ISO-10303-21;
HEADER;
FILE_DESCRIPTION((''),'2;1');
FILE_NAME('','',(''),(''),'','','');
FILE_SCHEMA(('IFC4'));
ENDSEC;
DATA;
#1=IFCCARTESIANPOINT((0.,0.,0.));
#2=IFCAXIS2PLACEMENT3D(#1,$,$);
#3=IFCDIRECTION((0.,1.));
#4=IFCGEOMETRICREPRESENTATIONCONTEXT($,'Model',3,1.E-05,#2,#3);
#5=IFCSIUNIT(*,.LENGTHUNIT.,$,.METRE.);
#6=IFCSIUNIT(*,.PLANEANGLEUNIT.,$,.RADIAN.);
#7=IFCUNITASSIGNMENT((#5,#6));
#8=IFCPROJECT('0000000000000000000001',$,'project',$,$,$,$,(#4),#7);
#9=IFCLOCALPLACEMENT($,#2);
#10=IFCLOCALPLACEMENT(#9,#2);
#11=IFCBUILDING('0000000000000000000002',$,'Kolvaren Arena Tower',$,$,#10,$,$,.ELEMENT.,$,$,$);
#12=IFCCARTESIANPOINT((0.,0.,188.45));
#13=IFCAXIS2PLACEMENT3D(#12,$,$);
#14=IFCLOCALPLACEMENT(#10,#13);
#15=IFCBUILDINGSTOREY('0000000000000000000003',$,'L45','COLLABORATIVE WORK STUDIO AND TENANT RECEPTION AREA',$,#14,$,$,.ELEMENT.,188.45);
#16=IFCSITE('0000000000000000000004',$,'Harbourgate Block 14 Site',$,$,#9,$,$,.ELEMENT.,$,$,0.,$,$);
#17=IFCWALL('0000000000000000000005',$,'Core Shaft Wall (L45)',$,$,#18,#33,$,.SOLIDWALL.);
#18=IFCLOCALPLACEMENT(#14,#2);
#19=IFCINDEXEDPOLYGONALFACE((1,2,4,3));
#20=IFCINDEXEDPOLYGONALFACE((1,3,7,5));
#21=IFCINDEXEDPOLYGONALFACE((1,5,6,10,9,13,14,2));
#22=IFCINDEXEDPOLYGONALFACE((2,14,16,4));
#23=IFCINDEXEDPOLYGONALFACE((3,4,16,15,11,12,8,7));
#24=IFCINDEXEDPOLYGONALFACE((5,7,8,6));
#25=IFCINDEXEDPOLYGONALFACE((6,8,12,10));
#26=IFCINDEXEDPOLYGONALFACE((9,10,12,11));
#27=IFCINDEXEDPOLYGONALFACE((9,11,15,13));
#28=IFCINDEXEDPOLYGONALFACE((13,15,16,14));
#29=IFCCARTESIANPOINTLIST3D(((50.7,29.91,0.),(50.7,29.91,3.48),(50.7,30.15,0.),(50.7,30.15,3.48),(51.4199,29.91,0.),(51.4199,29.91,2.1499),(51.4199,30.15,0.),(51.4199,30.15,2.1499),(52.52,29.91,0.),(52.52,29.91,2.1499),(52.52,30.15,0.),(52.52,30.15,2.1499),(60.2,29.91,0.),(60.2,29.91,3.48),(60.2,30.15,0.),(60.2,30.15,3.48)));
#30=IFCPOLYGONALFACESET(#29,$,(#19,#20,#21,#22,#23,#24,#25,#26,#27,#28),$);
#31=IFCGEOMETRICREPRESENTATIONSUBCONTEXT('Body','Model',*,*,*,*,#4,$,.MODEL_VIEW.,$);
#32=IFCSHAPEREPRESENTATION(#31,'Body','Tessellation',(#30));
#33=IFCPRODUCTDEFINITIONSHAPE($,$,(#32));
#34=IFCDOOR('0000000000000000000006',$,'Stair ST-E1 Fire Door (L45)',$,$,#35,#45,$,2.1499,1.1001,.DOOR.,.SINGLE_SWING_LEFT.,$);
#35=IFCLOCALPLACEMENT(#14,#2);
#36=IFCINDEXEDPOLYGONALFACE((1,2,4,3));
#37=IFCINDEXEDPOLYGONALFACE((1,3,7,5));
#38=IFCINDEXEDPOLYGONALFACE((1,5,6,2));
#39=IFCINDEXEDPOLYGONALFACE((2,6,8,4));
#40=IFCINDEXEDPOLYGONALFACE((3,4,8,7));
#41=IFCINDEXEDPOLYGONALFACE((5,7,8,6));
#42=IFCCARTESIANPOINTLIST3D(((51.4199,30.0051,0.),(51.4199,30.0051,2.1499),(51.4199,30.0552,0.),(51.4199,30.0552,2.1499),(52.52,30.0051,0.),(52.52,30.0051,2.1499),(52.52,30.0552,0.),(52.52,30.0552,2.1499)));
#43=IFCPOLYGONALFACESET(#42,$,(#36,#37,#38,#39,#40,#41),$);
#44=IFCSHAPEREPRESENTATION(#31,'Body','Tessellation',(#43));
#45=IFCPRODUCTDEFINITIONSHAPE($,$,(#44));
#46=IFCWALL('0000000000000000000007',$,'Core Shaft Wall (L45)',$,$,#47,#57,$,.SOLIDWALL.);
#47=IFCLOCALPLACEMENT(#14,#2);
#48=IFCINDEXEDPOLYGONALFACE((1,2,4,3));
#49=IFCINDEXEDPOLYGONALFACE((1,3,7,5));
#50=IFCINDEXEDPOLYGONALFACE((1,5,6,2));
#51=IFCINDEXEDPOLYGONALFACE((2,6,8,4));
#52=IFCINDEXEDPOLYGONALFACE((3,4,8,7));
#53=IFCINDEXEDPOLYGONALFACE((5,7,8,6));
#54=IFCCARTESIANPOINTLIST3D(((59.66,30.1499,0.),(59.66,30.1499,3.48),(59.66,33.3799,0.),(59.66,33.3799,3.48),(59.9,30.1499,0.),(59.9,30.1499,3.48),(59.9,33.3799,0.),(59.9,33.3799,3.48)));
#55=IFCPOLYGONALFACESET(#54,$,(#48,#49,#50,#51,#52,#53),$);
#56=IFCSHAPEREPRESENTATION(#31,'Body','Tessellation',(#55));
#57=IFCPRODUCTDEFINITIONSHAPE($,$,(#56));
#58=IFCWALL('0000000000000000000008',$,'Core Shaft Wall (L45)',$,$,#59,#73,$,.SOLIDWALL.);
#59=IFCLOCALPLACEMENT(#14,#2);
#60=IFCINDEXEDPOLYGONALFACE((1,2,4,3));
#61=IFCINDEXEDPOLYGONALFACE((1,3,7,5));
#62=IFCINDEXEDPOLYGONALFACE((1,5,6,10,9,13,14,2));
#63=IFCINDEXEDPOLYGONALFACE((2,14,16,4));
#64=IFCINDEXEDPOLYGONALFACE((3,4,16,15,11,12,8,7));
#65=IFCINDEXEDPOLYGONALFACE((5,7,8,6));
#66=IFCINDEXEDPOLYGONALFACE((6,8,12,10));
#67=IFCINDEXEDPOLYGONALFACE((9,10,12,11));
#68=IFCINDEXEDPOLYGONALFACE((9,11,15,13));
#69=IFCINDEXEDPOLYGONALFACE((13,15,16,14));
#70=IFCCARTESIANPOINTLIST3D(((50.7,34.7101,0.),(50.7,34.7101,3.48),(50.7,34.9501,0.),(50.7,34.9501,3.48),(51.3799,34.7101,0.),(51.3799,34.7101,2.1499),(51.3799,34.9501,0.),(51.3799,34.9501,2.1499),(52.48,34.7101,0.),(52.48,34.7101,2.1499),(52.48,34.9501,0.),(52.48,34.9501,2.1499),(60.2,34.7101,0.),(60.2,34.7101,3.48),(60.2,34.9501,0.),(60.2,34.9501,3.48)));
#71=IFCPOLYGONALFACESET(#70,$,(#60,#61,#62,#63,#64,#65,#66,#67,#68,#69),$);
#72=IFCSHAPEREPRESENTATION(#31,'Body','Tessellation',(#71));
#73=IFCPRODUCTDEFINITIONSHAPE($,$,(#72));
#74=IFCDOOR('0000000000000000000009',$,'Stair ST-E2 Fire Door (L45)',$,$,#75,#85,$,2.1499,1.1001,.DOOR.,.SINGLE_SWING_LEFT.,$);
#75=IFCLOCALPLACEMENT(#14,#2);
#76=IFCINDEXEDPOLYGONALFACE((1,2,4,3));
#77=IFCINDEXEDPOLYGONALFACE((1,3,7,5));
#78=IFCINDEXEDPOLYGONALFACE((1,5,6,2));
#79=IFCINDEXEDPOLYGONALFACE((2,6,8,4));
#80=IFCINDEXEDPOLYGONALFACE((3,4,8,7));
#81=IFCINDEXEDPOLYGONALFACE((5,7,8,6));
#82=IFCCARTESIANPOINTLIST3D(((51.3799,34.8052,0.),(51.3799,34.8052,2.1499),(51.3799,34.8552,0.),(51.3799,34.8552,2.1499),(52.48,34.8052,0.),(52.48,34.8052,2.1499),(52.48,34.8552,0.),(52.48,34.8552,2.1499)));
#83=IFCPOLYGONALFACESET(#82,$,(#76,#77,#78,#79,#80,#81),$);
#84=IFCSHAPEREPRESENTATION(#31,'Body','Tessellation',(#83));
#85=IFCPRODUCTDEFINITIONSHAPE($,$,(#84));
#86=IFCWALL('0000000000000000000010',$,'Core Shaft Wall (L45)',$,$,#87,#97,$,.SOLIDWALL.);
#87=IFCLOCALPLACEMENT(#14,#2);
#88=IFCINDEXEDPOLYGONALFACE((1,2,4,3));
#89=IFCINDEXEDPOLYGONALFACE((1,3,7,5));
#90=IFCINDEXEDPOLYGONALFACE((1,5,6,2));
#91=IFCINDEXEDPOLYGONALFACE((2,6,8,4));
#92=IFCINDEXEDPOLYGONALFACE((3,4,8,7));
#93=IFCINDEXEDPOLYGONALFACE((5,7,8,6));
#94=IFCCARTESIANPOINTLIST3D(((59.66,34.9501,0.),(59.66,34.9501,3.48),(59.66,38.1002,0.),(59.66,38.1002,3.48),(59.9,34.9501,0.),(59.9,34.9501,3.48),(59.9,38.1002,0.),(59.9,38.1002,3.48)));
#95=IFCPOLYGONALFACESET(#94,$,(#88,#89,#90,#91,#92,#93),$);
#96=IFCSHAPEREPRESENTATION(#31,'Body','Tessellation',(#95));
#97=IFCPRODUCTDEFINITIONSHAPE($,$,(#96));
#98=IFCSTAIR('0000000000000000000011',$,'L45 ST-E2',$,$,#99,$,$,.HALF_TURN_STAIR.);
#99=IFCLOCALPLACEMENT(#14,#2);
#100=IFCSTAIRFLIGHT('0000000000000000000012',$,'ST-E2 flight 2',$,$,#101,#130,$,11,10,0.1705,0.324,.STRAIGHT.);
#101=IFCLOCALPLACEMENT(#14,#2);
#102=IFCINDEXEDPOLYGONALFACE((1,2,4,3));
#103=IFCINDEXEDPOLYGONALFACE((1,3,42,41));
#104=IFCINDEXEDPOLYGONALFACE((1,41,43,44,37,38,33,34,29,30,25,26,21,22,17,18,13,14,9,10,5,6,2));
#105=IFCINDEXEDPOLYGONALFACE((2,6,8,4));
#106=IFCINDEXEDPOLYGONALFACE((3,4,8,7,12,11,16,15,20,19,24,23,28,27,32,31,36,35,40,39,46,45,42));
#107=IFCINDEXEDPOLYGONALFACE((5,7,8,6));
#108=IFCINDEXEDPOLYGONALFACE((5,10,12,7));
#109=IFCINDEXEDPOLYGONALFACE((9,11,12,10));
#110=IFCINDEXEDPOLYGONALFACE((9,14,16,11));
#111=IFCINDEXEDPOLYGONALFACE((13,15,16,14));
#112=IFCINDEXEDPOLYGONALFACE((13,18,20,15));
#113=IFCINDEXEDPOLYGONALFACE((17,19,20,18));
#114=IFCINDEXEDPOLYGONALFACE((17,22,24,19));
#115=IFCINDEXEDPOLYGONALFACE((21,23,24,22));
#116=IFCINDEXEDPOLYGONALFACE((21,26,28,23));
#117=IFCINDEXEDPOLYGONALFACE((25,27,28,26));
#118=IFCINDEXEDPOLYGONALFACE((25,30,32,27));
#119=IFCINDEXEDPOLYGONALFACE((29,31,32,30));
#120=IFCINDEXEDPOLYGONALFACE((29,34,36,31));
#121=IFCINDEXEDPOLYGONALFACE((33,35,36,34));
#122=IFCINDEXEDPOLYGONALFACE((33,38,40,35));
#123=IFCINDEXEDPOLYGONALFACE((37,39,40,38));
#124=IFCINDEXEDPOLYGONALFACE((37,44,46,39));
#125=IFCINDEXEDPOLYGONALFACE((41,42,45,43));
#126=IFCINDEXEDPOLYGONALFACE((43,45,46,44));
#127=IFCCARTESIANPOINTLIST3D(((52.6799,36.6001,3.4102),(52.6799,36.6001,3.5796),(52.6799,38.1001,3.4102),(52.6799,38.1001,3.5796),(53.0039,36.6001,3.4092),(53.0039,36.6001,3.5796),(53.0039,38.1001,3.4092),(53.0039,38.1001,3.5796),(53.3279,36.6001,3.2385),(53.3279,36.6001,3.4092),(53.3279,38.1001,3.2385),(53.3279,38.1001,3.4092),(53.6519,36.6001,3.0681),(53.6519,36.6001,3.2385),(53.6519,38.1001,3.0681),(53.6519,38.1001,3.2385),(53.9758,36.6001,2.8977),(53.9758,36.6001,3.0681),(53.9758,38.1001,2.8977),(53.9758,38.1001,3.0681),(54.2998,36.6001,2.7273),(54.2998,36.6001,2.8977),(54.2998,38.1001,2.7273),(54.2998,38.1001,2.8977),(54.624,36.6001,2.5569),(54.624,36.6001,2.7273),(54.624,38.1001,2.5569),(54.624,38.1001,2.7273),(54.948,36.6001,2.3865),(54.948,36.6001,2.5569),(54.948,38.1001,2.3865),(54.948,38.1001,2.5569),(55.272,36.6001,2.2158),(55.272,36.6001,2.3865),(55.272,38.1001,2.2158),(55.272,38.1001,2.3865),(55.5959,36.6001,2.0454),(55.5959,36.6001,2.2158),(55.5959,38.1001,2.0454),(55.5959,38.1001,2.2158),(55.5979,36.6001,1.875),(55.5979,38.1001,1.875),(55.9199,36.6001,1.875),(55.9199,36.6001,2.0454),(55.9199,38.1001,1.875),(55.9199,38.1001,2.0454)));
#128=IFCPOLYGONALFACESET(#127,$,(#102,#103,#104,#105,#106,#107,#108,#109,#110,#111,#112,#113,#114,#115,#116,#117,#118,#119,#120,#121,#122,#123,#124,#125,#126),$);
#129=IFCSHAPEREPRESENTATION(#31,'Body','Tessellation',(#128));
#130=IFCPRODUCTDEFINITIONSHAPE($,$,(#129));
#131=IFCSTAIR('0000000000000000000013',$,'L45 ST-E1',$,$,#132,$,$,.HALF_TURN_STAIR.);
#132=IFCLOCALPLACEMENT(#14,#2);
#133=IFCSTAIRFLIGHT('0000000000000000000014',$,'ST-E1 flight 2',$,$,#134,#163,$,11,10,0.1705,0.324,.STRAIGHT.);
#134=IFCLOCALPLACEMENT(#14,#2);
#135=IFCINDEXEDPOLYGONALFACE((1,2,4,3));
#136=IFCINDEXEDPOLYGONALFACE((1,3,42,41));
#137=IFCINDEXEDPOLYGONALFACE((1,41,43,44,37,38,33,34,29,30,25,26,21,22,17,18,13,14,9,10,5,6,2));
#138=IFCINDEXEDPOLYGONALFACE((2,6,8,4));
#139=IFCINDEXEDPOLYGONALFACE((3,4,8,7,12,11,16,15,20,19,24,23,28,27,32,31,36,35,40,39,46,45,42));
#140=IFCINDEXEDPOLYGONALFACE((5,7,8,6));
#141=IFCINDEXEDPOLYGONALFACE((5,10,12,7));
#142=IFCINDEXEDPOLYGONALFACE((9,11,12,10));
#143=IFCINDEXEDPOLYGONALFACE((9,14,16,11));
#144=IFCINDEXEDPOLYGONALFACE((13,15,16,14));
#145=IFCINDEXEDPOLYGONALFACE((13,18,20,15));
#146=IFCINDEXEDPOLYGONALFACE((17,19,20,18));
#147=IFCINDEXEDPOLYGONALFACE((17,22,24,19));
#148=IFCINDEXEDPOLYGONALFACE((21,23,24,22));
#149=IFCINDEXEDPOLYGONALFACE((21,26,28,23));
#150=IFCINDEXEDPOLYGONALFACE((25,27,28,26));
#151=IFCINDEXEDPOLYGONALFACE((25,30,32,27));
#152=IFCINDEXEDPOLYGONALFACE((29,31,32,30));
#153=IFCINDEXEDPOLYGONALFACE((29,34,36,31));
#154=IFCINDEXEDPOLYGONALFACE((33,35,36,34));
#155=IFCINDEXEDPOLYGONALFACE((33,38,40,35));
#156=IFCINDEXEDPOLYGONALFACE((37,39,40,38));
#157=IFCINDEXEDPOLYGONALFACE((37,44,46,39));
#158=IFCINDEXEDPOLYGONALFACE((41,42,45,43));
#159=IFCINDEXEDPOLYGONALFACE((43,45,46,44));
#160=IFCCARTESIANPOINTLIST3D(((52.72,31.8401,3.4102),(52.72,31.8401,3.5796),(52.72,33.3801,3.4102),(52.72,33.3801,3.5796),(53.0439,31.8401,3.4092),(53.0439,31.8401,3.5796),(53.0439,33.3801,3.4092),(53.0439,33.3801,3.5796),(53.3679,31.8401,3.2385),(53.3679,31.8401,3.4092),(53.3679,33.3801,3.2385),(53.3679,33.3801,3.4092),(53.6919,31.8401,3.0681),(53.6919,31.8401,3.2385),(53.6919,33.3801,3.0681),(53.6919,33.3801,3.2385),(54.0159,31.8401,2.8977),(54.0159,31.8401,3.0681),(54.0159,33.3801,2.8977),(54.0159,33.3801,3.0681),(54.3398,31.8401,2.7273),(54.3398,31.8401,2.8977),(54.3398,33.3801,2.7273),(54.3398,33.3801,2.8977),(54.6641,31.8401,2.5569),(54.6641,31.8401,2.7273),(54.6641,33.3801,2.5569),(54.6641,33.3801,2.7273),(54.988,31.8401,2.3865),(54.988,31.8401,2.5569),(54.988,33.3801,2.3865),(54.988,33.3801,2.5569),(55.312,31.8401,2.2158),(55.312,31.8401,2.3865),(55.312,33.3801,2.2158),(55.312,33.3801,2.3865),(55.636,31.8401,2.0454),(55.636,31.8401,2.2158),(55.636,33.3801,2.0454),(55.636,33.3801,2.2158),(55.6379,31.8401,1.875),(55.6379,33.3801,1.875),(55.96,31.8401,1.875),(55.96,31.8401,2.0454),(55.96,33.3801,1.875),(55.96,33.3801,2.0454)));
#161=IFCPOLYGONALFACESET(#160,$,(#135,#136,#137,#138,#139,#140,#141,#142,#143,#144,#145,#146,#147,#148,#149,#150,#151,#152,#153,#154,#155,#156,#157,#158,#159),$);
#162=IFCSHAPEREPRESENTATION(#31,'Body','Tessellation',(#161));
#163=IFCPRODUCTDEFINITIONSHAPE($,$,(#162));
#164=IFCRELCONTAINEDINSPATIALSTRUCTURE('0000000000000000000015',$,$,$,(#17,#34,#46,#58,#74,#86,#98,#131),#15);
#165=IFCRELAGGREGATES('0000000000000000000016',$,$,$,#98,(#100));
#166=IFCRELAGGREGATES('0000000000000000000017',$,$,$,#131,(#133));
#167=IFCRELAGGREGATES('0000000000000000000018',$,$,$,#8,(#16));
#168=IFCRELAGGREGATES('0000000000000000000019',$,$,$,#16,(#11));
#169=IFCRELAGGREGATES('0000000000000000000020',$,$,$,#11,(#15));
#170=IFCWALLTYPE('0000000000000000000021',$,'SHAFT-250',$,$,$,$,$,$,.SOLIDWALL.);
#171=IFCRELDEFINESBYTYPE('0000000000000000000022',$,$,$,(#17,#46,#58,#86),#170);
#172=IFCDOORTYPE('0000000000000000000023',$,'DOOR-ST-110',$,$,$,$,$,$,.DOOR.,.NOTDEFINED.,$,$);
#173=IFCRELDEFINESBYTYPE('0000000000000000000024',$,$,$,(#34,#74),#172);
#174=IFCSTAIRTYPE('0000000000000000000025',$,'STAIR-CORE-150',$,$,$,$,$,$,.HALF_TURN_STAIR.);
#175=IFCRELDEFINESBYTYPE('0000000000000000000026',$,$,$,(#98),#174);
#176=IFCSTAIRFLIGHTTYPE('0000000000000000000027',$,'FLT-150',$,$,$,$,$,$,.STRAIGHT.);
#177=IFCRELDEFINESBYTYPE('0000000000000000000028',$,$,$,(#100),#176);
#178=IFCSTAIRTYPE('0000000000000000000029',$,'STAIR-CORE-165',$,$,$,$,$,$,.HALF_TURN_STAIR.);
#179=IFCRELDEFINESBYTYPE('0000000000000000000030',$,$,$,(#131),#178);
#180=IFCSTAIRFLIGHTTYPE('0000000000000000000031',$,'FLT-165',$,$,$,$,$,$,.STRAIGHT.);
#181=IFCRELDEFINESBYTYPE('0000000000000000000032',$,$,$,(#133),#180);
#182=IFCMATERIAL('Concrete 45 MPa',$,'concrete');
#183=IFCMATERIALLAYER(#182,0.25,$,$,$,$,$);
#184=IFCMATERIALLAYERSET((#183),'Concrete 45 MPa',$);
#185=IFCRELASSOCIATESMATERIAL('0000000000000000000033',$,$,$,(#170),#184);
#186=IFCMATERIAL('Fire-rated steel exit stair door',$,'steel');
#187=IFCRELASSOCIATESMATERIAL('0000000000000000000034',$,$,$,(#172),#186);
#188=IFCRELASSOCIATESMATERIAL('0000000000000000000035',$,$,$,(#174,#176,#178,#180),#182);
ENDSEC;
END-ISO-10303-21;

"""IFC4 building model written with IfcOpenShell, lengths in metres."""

from ifc_helpers import new_model, si_unit, direction, frame, frame_2d, origin, place, context, subcontext, project, spatial, polyline, rectangle, outline, extrude, material, layer, layer_set, type_object, element, fill, aggregate, save


model = new_model("IFC4")

# Units and contexts
model_context = context("Model", 3, precision=1e-05, world=origin(), true_north=direction((0.0, 1.0)))
body_context = subcontext(model_context, "Body", "Model", "MODEL_VIEW")
ifc_project = project(units=[si_unit("LENGTHUNIT", "METRE"), si_unit("PLANEANGLEUNIT", "RADIAN")], contexts=[model_context])

# Site, building, storey
site_placement = place(None, origin())
site = spatial("IfcSite", under=ifc_project, at=site_placement, Name="Harbourgate Block 14 Site", CompositionType="ELEMENT", RefElevation=0.0)
building_placement = place(site_placement, origin())
building = spatial("IfcBuilding", under=site, at=building_placement, Name="Kolvaren Arena Tower", CompositionType="ELEMENT")
storey_placement = place(building_placement, frame((0.0, 0.0, 188.45)))
storey = spatial("IfcBuildingStorey", under=building, at=storey_placement, Name="L45", Description="COLLABORATIVE WORK STUDIO AND TENANT RECEPTION AREA", CompositionType="ELEMENT", Elevation=188.45)

# Wall, opening, door
ifc_material_1 = material(Name="Concrete 45 MPa", Category="concrete")
ifc_layer = layer(ifc_material_1, 0.25)
ifc_layer_set = layer_set([ifc_layer], Name="Concrete 45 MPa")
wall_type = type_object("IfcWallType", Name="SHAFT-250", PredefinedType="SOLIDWALL", material=ifc_layer_set)
wall_1_placement = place(storey_placement, frame((60.2, 30.03, 0.0), z_axis=(0.0, 0.0, 1.0), x_axis=(-1.0, 0.0, 0.0)))
wall_1 = element("IfcWall", 1, at=wall_1_placement, inside=storey, type_object=wall_type, Name="Core Shaft Wall (L45)", PredefinedType="SOLIDWALL", context=body_context, shape_type="SweptSolid", body=[
    extrude(rectangle(XDim=9.5, YDim=0.24, at=frame_2d((4.75, 0.0))), origin(), (0.0, 0.0, 1.0), 3.48),
])
opening_1_placement = place(wall_1_placement, frame((7.6799, 0.0, 0.0)))
opening_1 = element("IfcOpeningElement", 2, at=opening_1_placement, cuts=wall_1, PredefinedType="OPENING", context=body_context, shape_type="SweptSolid", body=[
    extrude(rectangle(XDim=1.1001, YDim=2.1499, at=frame_2d((0.55, 1.075))), frame((0.0, 0.1299, 0.0), z_axis=(0.0, -1.0, 0.0), x_axis=(1.0, 0.0, 0.0)), (0.0, 0.0, 1.0), 0.26),
])
ifc_material_2 = material(Name="Fire-rated steel exit stair door", Category="steel")
door_type = type_object("IfcDoorType", Name="DOOR-ST-110", OperationType="NOTDEFINED", PredefinedType="DOOR", material=ifc_material_2)
door_1_placement = place(opening_1_placement, origin())
door_1 = element("IfcDoor", 3, at=door_1_placement, inside=storey, type_object=door_type, Name="Stair ST-E1 Fire Door (L45)", OperationType="SINGLE_SWING_LEFT", OverallHeight=2.1499, OverallWidth=1.1001, PredefinedType="DOOR", context=body_context, shape_type="SweptSolid", body=[
    extrude(rectangle(XDim=1.1001, YDim=2.1499, at=frame_2d((0.55, 1.075))), frame((0.0, 0.0249, 0.0), z_axis=(0.0, -1.0, 0.0), x_axis=(1.0, 0.0, 0.0)), (0.0, 0.0, 1.0), 0.05),
])
fill(opening_1, door_1)

# Wall
wall_2_placement = place(storey_placement, frame((59.78, 30.1499, 0.0), z_axis=(0.0, 0.0, 1.0), x_axis=(0.0, 1.0, 0.0)))
element("IfcWall", 4, at=wall_2_placement, inside=storey, type_object=wall_type, Name="Core Shaft Wall (L45)", PredefinedType="SOLIDWALL", context=body_context, shape_type="SweptSolid", body=[
    extrude(rectangle(XDim=3.23, YDim=0.24, at=frame_2d((1.615, 0.0))), origin(), (0.0, 0.0, 1.0), 3.48),
])

# Wall, opening, door
wall_3_placement = place(storey_placement, frame((60.2, 34.8301, 0.0), z_axis=(0.0, 0.0, 1.0), x_axis=(-1.0, 0.0, 0.0)))
wall_3 = element("IfcWall", 5, at=wall_3_placement, inside=storey, type_object=wall_type, Name="Core Shaft Wall (L45)", PredefinedType="SOLIDWALL", context=body_context, shape_type="SweptSolid", body=[
    extrude(rectangle(XDim=9.5, YDim=0.24, at=frame_2d((4.75, 0.0))), origin(), (0.0, 0.0, 1.0), 3.48),
])
opening_2_placement = place(wall_3_placement, frame((7.72, 0.0, 0.0)))
opening_2 = element("IfcOpeningElement", 6, at=opening_2_placement, cuts=wall_3, PredefinedType="OPENING", context=body_context, shape_type="SweptSolid", body=[
    extrude(rectangle(XDim=1.1001, YDim=2.1499, at=frame_2d((0.55, 1.075))), frame((0.0, 0.1299, 0.0), z_axis=(0.0, -1.0, 0.0), x_axis=(1.0, 0.0, 0.0)), (0.0, 0.0, 1.0), 0.26),
])
door_2_placement = place(opening_2_placement, origin())
door_2 = element("IfcDoor", 7, at=door_2_placement, inside=storey, type_object=door_type, Name="Stair ST-E2 Fire Door (L45)", OperationType="SINGLE_SWING_LEFT", OverallHeight=2.1499, OverallWidth=1.1001, PredefinedType="DOOR", context=body_context, shape_type="SweptSolid", body=[
    extrude(rectangle(XDim=1.1001, YDim=2.1499, at=frame_2d((0.55, 1.075))), frame((0.0, 0.0249, 0.0), z_axis=(0.0, -1.0, 0.0), x_axis=(1.0, 0.0, 0.0)), (0.0, 0.0, 1.0), 0.05),
])
fill(opening_2, door_2)

# Wall
wall_4_placement = place(storey_placement, frame((59.78, 34.95, 0.0), z_axis=(0.0, 0.0, 1.0), x_axis=(0.0, 1.0, 0.0)))
element("IfcWall", 8, at=wall_4_placement, inside=storey, type_object=wall_type, Name="Core Shaft Wall (L45)", PredefinedType="SOLIDWALL", context=body_context, shape_type="SweptSolid", body=[
    extrude(rectangle(XDim=3.1501, YDim=0.24, at=frame_2d((1.5752, 0.0))), origin(), (0.0, 0.0, 1.0), 3.48),
])

# Stairs, stair flights
stair_type_1 = type_object("IfcStairType", Name="STAIR-CORE-150", PredefinedType="HALF_TURN_STAIR", material=ifc_material_1)
stair_1_placement = place(storey_placement, origin())
stair_1 = element("IfcStair", 9, at=stair_1_placement, inside=storey, type_object=stair_type_1, Name="L45 ST-E2", PredefinedType="HALF_TURN_STAIR")
stair_flight_type_1 = type_object("IfcStairFlightType", Name="FLT-150", PredefinedType="STRAIGHT", material=ifc_material_1)
stair_flight_1_placement = place(storey_placement, frame((55.9199, 37.3501, 1.875), z_axis=(0.0, 0.0, 1.0), x_axis=(-1.0, 0.0, 0.0)))
stair_flight_1 = element("IfcStairFlight", 10, at=stair_flight_1_placement, type_object=stair_flight_type_1, Name="ST-E2 flight 2", NumberOfRisers=11, NumberOfTreads=10, PredefinedType="STRAIGHT", RiserHeight=0.1705, TreadLength=0.324, context=body_context, shape_type="SweptSolid", body=[
    extrude(outline(polyline([(0.0, 0.0), (0.0, 0.1704), (0.324, 0.1704), (0.324, 0.3408), (0.6479, 0.3408), (0.6479, 0.5115), (0.9719, 0.5115), (0.9719, 0.6819), (1.2959, 0.6819), (1.2959, 0.8523), (1.6201, 0.8523), (1.6201, 1.0227), (1.9441, 1.0227), (1.9441, 1.1931), (2.2681, 1.1931), (2.2681, 1.3635), (2.592, 1.3635), (2.592, 1.5342), (2.916, 1.5342), (2.916, 1.7046), (3.24, 1.7046), (3.24, 1.875), (3.24, 1.5352), (0.322, 0.0), (0.0, 0.0)])), frame((0.0, 0.75, 0.0), z_axis=(0.0, -1.0, 0.0), x_axis=(1.0, 0.0, 0.0)), (0.0, 0.0, 1.0), 1.5),
])
aggregate(stair_1, [stair_flight_1])
stair_type_2 = type_object("IfcStairType", Name="STAIR-CORE-165", PredefinedType="HALF_TURN_STAIR", material=ifc_material_1)
stair_2_placement = place(storey_placement, origin())
stair_2 = element("IfcStair", 11, at=stair_2_placement, inside=storey, type_object=stair_type_2, Name="L45 ST-E1", PredefinedType="HALF_TURN_STAIR")
stair_flight_type_2 = type_object("IfcStairFlightType", Name="FLT-165", PredefinedType="STRAIGHT", material=ifc_material_1)
stair_flight_2_placement = place(storey_placement, frame((55.96, 32.6101, 1.875), z_axis=(0.0, 0.0, 1.0), x_axis=(-1.0, 0.0, 0.0)))
stair_flight_2 = element("IfcStairFlight", 12, at=stair_flight_2_placement, type_object=stair_flight_type_2, Name="ST-E1 flight 2", NumberOfRisers=11, NumberOfTreads=10, PredefinedType="STRAIGHT", RiserHeight=0.1705, TreadLength=0.324, context=body_context, shape_type="SweptSolid", body=[
    extrude(outline(polyline([(0.0, 0.0), (0.0, 0.1704), (0.324, 0.1704), (0.324, 0.3408), (0.6479, 0.3408), (0.6479, 0.5115), (0.9719, 0.5115), (0.9719, 0.6819), (1.2959, 0.6819), (1.2959, 0.8523), (1.6201, 0.8523), (1.6201, 1.0227), (1.9441, 1.0227), (1.9441, 1.1931), (2.2681, 1.1931), (2.2681, 1.3635), (2.592, 1.3635), (2.592, 1.5342), (2.916, 1.5342), (2.916, 1.7046), (3.24, 1.7046), (3.24, 1.875), (3.24, 1.5352), (0.322, 0.0), (0.0, 0.0)])), frame((0.0, 0.77, 0.0), z_axis=(0.0, -1.0, 0.0), x_axis=(1.0, 0.0, 0.0)), (0.0, 0.0, 1.0), 1.54),
])
aggregate(stair_2, [stair_flight_2])

save(model, "model.ifc")
